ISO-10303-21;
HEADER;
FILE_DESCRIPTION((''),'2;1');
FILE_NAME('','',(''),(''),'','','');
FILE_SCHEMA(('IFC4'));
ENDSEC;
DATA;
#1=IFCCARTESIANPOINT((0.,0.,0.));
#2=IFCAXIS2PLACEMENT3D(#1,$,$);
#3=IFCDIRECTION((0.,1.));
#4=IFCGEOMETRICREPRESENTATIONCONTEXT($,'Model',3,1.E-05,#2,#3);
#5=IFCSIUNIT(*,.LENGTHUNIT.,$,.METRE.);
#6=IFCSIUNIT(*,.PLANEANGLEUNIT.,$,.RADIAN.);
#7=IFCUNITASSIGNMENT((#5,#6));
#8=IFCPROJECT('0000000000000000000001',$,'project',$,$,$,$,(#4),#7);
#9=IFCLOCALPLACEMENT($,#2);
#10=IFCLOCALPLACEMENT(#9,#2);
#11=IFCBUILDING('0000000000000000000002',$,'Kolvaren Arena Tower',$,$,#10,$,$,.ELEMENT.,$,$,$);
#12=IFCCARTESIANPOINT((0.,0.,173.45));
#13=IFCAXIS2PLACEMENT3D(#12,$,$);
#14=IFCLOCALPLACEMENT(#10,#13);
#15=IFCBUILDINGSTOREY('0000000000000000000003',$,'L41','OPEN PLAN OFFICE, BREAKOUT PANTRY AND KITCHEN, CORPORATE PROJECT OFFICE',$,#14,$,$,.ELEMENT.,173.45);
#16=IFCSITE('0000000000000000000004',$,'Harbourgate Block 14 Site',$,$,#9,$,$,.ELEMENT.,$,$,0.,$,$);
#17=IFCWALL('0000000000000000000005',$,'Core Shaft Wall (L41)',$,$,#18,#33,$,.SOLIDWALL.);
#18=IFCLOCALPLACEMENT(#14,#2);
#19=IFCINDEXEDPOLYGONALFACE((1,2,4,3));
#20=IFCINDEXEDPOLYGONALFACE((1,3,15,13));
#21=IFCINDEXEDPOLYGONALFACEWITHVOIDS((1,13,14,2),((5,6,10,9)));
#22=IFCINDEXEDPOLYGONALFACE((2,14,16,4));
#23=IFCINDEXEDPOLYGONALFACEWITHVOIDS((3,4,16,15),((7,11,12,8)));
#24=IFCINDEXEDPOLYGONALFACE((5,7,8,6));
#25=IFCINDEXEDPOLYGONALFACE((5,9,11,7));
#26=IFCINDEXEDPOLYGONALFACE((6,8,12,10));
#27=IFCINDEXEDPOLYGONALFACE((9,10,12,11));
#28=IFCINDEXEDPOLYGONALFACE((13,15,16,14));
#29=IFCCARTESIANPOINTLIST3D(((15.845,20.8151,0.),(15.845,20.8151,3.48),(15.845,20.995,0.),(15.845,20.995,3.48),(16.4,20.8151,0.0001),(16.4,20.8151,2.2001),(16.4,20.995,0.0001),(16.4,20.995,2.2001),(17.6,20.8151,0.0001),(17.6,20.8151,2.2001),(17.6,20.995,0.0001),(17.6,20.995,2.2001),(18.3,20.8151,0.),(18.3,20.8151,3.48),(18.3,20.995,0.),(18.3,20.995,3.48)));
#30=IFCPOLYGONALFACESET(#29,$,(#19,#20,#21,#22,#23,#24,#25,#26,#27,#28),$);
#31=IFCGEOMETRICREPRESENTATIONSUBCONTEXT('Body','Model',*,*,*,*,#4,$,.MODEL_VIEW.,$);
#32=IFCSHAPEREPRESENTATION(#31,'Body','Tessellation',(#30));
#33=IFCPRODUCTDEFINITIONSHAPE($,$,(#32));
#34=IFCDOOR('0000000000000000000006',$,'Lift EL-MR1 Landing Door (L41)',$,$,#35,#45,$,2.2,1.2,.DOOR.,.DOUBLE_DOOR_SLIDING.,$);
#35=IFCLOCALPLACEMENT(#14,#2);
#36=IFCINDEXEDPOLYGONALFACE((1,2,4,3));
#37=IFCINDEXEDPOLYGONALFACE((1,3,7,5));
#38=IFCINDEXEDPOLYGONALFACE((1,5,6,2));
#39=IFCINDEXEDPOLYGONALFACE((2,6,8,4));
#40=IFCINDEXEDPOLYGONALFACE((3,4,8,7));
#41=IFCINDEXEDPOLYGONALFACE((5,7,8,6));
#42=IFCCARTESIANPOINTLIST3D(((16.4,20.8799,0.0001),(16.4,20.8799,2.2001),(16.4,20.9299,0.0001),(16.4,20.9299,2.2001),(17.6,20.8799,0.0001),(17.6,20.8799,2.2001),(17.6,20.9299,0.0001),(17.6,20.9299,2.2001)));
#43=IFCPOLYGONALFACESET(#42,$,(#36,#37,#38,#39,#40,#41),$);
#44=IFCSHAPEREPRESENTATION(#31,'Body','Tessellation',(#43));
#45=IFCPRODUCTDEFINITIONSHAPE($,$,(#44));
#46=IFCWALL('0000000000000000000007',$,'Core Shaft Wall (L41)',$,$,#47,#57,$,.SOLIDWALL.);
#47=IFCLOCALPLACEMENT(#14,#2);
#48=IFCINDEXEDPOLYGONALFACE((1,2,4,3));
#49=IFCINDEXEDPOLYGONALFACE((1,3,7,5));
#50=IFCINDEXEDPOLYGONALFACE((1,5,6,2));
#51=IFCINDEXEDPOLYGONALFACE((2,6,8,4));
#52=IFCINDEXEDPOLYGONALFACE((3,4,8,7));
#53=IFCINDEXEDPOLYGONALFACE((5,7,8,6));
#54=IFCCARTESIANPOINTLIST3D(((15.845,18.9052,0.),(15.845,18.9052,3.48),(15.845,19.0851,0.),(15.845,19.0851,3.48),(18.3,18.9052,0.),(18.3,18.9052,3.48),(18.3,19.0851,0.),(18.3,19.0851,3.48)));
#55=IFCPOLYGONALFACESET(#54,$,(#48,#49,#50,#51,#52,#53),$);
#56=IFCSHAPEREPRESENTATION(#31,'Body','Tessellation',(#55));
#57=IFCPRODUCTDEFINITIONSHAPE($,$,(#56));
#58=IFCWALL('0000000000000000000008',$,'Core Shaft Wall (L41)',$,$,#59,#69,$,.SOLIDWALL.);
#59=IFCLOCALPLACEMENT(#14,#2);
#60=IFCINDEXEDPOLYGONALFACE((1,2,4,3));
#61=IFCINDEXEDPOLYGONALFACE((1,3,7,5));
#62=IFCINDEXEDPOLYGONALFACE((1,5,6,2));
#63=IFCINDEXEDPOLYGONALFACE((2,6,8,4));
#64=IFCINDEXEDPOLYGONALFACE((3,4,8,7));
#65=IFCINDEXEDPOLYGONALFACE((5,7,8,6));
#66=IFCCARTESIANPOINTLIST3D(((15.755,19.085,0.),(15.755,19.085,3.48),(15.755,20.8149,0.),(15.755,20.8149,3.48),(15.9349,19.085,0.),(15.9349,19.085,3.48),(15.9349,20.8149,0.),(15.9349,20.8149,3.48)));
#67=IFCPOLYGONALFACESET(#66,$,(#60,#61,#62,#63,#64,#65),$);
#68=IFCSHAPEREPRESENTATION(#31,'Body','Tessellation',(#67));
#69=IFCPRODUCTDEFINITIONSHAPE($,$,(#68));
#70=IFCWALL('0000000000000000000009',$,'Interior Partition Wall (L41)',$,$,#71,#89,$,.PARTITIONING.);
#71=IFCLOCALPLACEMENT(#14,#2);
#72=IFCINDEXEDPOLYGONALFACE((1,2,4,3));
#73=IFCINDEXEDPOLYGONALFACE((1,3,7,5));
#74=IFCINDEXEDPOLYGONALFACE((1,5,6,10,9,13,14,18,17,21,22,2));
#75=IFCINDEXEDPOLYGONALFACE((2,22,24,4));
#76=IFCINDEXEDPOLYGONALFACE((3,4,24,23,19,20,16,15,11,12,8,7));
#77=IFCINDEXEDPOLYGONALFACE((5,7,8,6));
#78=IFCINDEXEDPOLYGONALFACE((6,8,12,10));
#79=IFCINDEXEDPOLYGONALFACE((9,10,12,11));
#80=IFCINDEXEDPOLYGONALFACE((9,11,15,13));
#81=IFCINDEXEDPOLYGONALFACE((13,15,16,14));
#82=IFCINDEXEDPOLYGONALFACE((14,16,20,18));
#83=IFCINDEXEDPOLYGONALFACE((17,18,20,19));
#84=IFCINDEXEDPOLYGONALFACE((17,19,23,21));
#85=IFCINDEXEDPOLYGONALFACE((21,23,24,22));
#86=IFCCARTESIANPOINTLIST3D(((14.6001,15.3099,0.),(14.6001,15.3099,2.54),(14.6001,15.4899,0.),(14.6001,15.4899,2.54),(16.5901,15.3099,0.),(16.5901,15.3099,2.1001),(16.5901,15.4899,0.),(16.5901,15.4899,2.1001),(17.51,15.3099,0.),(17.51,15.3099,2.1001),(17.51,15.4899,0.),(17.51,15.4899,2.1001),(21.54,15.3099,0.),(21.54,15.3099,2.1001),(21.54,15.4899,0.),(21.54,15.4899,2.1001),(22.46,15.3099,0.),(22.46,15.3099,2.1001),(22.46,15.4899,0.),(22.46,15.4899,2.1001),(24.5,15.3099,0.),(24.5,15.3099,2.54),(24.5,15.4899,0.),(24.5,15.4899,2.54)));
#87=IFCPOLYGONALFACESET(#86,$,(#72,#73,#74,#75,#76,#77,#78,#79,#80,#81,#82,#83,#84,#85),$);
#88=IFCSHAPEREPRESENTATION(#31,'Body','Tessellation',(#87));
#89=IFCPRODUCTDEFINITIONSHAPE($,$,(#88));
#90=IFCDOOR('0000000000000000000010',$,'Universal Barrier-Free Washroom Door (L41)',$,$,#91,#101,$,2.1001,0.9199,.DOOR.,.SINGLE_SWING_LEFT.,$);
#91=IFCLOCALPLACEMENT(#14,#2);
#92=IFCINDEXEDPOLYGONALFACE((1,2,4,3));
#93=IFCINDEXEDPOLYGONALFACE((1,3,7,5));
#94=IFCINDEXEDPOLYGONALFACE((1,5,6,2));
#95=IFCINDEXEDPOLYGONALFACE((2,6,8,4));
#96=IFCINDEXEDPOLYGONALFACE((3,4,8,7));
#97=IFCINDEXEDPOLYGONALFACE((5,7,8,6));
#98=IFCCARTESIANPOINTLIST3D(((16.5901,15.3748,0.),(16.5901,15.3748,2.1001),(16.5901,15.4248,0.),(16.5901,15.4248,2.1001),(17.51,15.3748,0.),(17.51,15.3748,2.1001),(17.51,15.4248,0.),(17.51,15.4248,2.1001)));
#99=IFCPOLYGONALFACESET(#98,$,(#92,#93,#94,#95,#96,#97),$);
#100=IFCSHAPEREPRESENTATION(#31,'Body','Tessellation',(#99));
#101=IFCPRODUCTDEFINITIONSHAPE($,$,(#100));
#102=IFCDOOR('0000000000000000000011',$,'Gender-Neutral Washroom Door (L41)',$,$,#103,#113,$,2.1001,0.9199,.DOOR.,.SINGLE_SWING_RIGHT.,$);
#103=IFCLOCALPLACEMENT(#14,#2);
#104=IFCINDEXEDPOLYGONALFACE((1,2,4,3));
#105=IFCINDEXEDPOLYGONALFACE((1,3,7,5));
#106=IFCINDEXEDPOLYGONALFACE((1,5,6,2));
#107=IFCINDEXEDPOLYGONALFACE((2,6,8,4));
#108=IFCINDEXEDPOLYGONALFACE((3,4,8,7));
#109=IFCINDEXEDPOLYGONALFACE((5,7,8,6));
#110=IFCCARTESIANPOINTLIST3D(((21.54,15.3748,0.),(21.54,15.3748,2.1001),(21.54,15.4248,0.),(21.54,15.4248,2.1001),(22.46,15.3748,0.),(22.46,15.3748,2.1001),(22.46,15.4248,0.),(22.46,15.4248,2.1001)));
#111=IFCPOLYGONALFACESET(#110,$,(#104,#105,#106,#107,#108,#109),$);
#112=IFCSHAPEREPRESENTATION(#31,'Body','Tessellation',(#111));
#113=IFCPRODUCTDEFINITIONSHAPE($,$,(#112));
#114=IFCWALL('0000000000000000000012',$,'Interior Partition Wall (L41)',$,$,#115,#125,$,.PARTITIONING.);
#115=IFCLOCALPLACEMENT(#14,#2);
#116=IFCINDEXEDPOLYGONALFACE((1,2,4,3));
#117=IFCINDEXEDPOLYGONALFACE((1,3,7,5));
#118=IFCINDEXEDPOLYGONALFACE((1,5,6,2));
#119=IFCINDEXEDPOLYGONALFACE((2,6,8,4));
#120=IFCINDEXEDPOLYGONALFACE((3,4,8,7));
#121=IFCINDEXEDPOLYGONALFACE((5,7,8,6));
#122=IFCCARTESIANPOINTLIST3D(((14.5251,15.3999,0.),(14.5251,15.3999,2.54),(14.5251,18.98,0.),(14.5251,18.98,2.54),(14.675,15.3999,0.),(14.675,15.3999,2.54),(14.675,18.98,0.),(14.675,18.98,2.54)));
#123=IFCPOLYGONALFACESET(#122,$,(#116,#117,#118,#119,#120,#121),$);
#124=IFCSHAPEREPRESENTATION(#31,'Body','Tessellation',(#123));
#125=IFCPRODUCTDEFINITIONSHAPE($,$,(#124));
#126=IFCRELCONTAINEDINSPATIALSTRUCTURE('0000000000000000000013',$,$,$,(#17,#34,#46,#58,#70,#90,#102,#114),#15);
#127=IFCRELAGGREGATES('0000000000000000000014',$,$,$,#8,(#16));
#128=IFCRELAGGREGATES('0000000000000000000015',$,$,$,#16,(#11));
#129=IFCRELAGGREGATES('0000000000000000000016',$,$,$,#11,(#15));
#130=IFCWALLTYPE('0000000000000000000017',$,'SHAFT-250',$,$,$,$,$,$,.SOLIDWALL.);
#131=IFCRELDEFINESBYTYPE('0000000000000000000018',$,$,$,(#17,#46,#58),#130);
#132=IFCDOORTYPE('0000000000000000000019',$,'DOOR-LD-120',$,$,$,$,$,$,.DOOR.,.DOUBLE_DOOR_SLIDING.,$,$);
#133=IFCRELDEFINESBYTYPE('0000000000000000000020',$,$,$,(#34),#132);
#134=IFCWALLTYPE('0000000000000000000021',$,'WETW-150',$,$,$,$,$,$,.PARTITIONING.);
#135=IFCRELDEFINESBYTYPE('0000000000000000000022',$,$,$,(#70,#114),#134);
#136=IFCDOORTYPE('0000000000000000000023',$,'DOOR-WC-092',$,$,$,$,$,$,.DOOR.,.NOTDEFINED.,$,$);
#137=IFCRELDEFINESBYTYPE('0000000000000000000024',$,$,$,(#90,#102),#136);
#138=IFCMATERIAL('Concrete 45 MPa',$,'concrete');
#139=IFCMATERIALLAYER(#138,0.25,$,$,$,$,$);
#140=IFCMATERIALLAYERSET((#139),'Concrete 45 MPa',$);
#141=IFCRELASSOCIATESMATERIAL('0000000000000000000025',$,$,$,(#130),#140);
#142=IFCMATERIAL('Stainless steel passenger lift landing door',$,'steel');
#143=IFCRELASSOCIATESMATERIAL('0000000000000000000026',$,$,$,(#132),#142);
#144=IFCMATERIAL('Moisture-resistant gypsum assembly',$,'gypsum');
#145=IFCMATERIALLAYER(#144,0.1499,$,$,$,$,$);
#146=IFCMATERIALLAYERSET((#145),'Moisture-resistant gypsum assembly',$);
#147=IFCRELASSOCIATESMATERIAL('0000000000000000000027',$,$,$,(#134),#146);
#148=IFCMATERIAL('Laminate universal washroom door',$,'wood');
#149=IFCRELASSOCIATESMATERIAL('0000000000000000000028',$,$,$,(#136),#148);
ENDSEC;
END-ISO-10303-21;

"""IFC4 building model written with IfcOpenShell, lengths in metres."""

from ifc_helpers import new_model, si_unit, direction, frame, frame_2d, origin, place, context, subcontext, project, spatial, rectangle, extrude, material, layer, layer_set, type_object, element, fill, save


model = new_model("IFC4")

# Units and contexts
model_context = context("Model", 3, precision=1e-05, world=origin(), true_north=direction((0.0, 1.0)))
body_context = subcontext(model_context, "Body", "Model", "MODEL_VIEW")
ifc_project = project(units=[si_unit("LENGTHUNIT", "METRE"), si_unit("PLANEANGLEUNIT", "RADIAN")], contexts=[model_context])

# Site, building, storey
site_placement = place(None, origin())
site = spatial("IfcSite", under=ifc_project, at=site_placement, Name="Harbourgate Block 14 Site", CompositionType="ELEMENT", RefElevation=0.0)
building_placement = place(site_placement, origin())
building = spatial("IfcBuilding", under=site, at=building_placement, Name="Kolvaren Arena Tower", CompositionType="ELEMENT")
storey_placement = place(building_placement, frame((0.0, 0.0, 173.45)))
storey = spatial("IfcBuildingStorey", under=building, at=storey_placement, Name="L41", Description="OPEN PLAN OFFICE, BREAKOUT PANTRY AND KITCHEN, CORPORATE PROJECT OFFICE", CompositionType="ELEMENT", Elevation=173.45)

# Wall, opening, door
ifc_material_1 = material(Name="Concrete 45 MPa", Category="concrete")
ifc_layer_1 = layer(ifc_material_1, 0.25)
ifc_layer_set_1 = layer_set([ifc_layer_1], Name="Concrete 45 MPa")
wall_type_1 = type_object("IfcWallType", Name="SHAFT-250", PredefinedType="SOLIDWALL", material=ifc_layer_set_1)
wall_1_placement = place(storey_placement, frame((15.845, 20.905, 0.0), z_axis=(0.0, 0.0, 1.0), x_axis=(1.0, 0.0, 0.0)))
wall_1 = element("IfcWall", 1, at=wall_1_placement, inside=storey, type_object=wall_type_1, Name="Core Shaft Wall (L41)", PredefinedType="SOLIDWALL", context=body_context, shape_type="SweptSolid", body=[
    extrude(rectangle(XDim=2.4551, YDim=0.1799, at=frame_2d((1.2275, 0.0))), origin(), (0.0, 0.0, 1.0), 3.48),
])
opening_1_placement = place(wall_1_placement, frame((0.5549, 0.0, 0.0)))
opening_1 = element("IfcOpeningElement", 2, at=opening_1_placement, cuts=wall_1, PredefinedType="OPENING", context=body_context, shape_type="SweptSolid", body=[
    extrude(rectangle(XDim=1.2, YDim=2.2, at=frame_2d((0.6001, 1.1001))), frame((0.0, 0.0999, 0.0), z_axis=(0.0, -1.0, 0.0), x_axis=(1.0, 0.0, 0.0)), (0.0, 0.0, 1.0), 0.2),
])
ifc_material_2 = material(Name="Stainless steel passenger lift landing door", Category="steel")
door_type_1 = type_object("IfcDoorType", Name="DOOR-LD-120", OperationType="DOUBLE_DOOR_SLIDING", PredefinedType="DOOR", material=ifc_material_2)
door_1_placement = place(opening_1_placement, origin())
door_1 = element("IfcDoor", 3, at=door_1_placement, inside=storey, type_object=door_type_1, Name="Lift EL-MR1 Landing Door (L41)", OperationType="DOUBLE_DOOR_SLIDING", OverallHeight=2.2, OverallWidth=1.2, PredefinedType="DOOR", context=body_context, shape_type="SweptSolid", body=[
    extrude(rectangle(XDim=1.2, YDim=2.2, at=frame_2d((0.6001, 1.1001))), frame((0.0, 0.0249, 0.0), z_axis=(0.0, -1.0, 0.0), x_axis=(1.0, 0.0, 0.0)), (0.0, 0.0, 1.0), 0.05),
])
fill(opening_1, door_1)

# Walls
wall_2_placement = place(storey_placement, frame((15.845, 18.9951, 0.0), z_axis=(0.0, 0.0, 1.0), x_axis=(1.0, 0.0, 0.0)))
element("IfcWall", 4, at=wall_2_placement, inside=storey, type_object=wall_type_1, Name="Core Shaft Wall (L41)", PredefinedType="SOLIDWALL", context=body_context, shape_type="SweptSolid", body=[
    extrude(rectangle(XDim=2.4551, YDim=0.1799, at=frame_2d((1.2275, 0.0))), origin(), (0.0, 0.0, 1.0), 3.48),
])
wall_3_placement = place(storey_placement, frame((15.845, 19.085, 0.0), z_axis=(0.0, 0.0, 1.0), x_axis=(0.0, 1.0, 0.0)))
element("IfcWall", 5, at=wall_3_placement, inside=storey, type_object=wall_type_1, Name="Core Shaft Wall (L41)", PredefinedType="SOLIDWALL", context=body_context, shape_type="SweptSolid", body=[
    extrude(rectangle(XDim=1.73, YDim=0.1799, at=frame_2d((0.865, 0.0))), origin(), (0.0, 0.0, 1.0), 3.48),
])

# Wall, openings, doors
ifc_material_3 = material(Name="Moisture-resistant gypsum assembly", Category="gypsum")
ifc_layer_2 = layer(ifc_material_3, 0.1499)
ifc_layer_set_2 = layer_set([ifc_layer_2], Name="Moisture-resistant gypsum assembly")
wall_type_2 = type_object("IfcWallType", Name="WETW-150", PredefinedType="PARTITIONING", material=ifc_layer_set_2)
wall_4_placement = place(storey_placement, frame((14.6001, 15.3999, 0.0), z_axis=(0.0, 0.0, 1.0), x_axis=(1.0, 0.0, 0.0)))
wall_4 = element("IfcWall", 6, at=wall_4_placement, inside=storey, type_object=wall_type_2, Name="Interior Partition Wall (L41)", PredefinedType="PARTITIONING", context=body_context, shape_type="SweptSolid", body=[
    extrude(rectangle(XDim=9.8999, YDim=0.1799, at=frame_2d((4.95, 0.0))), origin(), (0.0, 0.0, 1.0), 2.54),
])
opening_2_placement = place(wall_4_placement, frame((1.99, 0.0, 0.0)))
opening_2 = element("IfcOpeningElement", 7, at=opening_2_placement, cuts=wall_4, PredefinedType="OPENING", context=body_context, shape_type="SweptSolid", body=[
    extrude(rectangle(XDim=0.9199, YDim=2.1001, at=frame_2d((0.46, 1.05))), frame((0.0, 0.0999, 0.0), z_axis=(0.0, -1.0, 0.0), x_axis=(1.0, 0.0, 0.0)), (0.0, 0.0, 1.0), 0.2),
])
opening_3_placement = place(wall_4_placement, frame((6.9399, 0.0, 0.0)))
opening_3 = element("IfcOpeningElement", 8, at=opening_3_placement, cuts=wall_4, PredefinedType="OPENING", context=body_context, shape_type="SweptSolid", body=[
    extrude(rectangle(XDim=0.9199, YDim=2.1001, at=frame_2d((0.46, 1.05))), frame((0.0, 0.0999, 0.0), z_axis=(0.0, -1.0, 0.0), x_axis=(1.0, 0.0, 0.0)), (0.0, 0.0, 1.0), 0.2),
])
ifc_material_4 = material(Name="Laminate universal washroom door", Category="wood")
door_type_2 = type_object("IfcDoorType", Name="DOOR-WC-092", OperationType="NOTDEFINED", PredefinedType="DOOR", material=ifc_material_4)
door_2_placement = place(opening_2_placement, origin())
door_2 = element("IfcDoor", 9, at=door_2_placement, inside=storey, type_object=door_type_2, Name="Universal Barrier-Free Washroom Door (L41)", OperationType="SINGLE_SWING_LEFT", OverallHeight=2.1001, OverallWidth=0.9199, PredefinedType="DOOR", context=body_context, shape_type="SweptSolid", body=[
    extrude(rectangle(XDim=0.9199, YDim=2.1001, at=frame_2d((0.46, 1.05))), frame((0.0, 0.0249, 0.0), z_axis=(0.0, -1.0, 0.0), x_axis=(1.0, 0.0, 0.0)), (0.0, 0.0, 1.0), 0.05),
])
fill(opening_2, door_2)
door_3_placement = place(opening_3_placement, origin())
door_3 = element("IfcDoor", 10, at=door_3_placement, inside=storey, type_object=door_type_2, Name="Gender-Neutral Washroom Door (L41)", OperationType="SINGLE_SWING_RIGHT", OverallHeight=2.1001, OverallWidth=0.9199, PredefinedType="DOOR", context=body_context, shape_type="SweptSolid", body=[
    extrude(rectangle(XDim=0.9199, YDim=2.1001, at=frame_2d((0.46, 1.05))), frame((0.0, 0.0249, 0.0), z_axis=(0.0, -1.0, 0.0), x_axis=(1.0, 0.0, 0.0)), (0.0, 0.0, 1.0), 0.05),
])
fill(opening_3, door_3)

# Wall
wall_5_placement = place(storey_placement, frame((14.6001, 15.3999, 0.0), z_axis=(0.0, 0.0, 1.0), x_axis=(0.0, 1.0, 0.0)))
element("IfcWall", 11, at=wall_5_placement, inside=storey, type_object=wall_type_2, Name="Interior Partition Wall (L41)", PredefinedType="PARTITIONING", context=body_context, shape_type="SweptSolid", body=[
    extrude(rectangle(XDim=3.5801, YDim=0.1499, at=frame_2d((1.79, 0.0))), origin(), (0.0, 0.0, 1.0), 2.54),
])

save(model, "model.ifc")
